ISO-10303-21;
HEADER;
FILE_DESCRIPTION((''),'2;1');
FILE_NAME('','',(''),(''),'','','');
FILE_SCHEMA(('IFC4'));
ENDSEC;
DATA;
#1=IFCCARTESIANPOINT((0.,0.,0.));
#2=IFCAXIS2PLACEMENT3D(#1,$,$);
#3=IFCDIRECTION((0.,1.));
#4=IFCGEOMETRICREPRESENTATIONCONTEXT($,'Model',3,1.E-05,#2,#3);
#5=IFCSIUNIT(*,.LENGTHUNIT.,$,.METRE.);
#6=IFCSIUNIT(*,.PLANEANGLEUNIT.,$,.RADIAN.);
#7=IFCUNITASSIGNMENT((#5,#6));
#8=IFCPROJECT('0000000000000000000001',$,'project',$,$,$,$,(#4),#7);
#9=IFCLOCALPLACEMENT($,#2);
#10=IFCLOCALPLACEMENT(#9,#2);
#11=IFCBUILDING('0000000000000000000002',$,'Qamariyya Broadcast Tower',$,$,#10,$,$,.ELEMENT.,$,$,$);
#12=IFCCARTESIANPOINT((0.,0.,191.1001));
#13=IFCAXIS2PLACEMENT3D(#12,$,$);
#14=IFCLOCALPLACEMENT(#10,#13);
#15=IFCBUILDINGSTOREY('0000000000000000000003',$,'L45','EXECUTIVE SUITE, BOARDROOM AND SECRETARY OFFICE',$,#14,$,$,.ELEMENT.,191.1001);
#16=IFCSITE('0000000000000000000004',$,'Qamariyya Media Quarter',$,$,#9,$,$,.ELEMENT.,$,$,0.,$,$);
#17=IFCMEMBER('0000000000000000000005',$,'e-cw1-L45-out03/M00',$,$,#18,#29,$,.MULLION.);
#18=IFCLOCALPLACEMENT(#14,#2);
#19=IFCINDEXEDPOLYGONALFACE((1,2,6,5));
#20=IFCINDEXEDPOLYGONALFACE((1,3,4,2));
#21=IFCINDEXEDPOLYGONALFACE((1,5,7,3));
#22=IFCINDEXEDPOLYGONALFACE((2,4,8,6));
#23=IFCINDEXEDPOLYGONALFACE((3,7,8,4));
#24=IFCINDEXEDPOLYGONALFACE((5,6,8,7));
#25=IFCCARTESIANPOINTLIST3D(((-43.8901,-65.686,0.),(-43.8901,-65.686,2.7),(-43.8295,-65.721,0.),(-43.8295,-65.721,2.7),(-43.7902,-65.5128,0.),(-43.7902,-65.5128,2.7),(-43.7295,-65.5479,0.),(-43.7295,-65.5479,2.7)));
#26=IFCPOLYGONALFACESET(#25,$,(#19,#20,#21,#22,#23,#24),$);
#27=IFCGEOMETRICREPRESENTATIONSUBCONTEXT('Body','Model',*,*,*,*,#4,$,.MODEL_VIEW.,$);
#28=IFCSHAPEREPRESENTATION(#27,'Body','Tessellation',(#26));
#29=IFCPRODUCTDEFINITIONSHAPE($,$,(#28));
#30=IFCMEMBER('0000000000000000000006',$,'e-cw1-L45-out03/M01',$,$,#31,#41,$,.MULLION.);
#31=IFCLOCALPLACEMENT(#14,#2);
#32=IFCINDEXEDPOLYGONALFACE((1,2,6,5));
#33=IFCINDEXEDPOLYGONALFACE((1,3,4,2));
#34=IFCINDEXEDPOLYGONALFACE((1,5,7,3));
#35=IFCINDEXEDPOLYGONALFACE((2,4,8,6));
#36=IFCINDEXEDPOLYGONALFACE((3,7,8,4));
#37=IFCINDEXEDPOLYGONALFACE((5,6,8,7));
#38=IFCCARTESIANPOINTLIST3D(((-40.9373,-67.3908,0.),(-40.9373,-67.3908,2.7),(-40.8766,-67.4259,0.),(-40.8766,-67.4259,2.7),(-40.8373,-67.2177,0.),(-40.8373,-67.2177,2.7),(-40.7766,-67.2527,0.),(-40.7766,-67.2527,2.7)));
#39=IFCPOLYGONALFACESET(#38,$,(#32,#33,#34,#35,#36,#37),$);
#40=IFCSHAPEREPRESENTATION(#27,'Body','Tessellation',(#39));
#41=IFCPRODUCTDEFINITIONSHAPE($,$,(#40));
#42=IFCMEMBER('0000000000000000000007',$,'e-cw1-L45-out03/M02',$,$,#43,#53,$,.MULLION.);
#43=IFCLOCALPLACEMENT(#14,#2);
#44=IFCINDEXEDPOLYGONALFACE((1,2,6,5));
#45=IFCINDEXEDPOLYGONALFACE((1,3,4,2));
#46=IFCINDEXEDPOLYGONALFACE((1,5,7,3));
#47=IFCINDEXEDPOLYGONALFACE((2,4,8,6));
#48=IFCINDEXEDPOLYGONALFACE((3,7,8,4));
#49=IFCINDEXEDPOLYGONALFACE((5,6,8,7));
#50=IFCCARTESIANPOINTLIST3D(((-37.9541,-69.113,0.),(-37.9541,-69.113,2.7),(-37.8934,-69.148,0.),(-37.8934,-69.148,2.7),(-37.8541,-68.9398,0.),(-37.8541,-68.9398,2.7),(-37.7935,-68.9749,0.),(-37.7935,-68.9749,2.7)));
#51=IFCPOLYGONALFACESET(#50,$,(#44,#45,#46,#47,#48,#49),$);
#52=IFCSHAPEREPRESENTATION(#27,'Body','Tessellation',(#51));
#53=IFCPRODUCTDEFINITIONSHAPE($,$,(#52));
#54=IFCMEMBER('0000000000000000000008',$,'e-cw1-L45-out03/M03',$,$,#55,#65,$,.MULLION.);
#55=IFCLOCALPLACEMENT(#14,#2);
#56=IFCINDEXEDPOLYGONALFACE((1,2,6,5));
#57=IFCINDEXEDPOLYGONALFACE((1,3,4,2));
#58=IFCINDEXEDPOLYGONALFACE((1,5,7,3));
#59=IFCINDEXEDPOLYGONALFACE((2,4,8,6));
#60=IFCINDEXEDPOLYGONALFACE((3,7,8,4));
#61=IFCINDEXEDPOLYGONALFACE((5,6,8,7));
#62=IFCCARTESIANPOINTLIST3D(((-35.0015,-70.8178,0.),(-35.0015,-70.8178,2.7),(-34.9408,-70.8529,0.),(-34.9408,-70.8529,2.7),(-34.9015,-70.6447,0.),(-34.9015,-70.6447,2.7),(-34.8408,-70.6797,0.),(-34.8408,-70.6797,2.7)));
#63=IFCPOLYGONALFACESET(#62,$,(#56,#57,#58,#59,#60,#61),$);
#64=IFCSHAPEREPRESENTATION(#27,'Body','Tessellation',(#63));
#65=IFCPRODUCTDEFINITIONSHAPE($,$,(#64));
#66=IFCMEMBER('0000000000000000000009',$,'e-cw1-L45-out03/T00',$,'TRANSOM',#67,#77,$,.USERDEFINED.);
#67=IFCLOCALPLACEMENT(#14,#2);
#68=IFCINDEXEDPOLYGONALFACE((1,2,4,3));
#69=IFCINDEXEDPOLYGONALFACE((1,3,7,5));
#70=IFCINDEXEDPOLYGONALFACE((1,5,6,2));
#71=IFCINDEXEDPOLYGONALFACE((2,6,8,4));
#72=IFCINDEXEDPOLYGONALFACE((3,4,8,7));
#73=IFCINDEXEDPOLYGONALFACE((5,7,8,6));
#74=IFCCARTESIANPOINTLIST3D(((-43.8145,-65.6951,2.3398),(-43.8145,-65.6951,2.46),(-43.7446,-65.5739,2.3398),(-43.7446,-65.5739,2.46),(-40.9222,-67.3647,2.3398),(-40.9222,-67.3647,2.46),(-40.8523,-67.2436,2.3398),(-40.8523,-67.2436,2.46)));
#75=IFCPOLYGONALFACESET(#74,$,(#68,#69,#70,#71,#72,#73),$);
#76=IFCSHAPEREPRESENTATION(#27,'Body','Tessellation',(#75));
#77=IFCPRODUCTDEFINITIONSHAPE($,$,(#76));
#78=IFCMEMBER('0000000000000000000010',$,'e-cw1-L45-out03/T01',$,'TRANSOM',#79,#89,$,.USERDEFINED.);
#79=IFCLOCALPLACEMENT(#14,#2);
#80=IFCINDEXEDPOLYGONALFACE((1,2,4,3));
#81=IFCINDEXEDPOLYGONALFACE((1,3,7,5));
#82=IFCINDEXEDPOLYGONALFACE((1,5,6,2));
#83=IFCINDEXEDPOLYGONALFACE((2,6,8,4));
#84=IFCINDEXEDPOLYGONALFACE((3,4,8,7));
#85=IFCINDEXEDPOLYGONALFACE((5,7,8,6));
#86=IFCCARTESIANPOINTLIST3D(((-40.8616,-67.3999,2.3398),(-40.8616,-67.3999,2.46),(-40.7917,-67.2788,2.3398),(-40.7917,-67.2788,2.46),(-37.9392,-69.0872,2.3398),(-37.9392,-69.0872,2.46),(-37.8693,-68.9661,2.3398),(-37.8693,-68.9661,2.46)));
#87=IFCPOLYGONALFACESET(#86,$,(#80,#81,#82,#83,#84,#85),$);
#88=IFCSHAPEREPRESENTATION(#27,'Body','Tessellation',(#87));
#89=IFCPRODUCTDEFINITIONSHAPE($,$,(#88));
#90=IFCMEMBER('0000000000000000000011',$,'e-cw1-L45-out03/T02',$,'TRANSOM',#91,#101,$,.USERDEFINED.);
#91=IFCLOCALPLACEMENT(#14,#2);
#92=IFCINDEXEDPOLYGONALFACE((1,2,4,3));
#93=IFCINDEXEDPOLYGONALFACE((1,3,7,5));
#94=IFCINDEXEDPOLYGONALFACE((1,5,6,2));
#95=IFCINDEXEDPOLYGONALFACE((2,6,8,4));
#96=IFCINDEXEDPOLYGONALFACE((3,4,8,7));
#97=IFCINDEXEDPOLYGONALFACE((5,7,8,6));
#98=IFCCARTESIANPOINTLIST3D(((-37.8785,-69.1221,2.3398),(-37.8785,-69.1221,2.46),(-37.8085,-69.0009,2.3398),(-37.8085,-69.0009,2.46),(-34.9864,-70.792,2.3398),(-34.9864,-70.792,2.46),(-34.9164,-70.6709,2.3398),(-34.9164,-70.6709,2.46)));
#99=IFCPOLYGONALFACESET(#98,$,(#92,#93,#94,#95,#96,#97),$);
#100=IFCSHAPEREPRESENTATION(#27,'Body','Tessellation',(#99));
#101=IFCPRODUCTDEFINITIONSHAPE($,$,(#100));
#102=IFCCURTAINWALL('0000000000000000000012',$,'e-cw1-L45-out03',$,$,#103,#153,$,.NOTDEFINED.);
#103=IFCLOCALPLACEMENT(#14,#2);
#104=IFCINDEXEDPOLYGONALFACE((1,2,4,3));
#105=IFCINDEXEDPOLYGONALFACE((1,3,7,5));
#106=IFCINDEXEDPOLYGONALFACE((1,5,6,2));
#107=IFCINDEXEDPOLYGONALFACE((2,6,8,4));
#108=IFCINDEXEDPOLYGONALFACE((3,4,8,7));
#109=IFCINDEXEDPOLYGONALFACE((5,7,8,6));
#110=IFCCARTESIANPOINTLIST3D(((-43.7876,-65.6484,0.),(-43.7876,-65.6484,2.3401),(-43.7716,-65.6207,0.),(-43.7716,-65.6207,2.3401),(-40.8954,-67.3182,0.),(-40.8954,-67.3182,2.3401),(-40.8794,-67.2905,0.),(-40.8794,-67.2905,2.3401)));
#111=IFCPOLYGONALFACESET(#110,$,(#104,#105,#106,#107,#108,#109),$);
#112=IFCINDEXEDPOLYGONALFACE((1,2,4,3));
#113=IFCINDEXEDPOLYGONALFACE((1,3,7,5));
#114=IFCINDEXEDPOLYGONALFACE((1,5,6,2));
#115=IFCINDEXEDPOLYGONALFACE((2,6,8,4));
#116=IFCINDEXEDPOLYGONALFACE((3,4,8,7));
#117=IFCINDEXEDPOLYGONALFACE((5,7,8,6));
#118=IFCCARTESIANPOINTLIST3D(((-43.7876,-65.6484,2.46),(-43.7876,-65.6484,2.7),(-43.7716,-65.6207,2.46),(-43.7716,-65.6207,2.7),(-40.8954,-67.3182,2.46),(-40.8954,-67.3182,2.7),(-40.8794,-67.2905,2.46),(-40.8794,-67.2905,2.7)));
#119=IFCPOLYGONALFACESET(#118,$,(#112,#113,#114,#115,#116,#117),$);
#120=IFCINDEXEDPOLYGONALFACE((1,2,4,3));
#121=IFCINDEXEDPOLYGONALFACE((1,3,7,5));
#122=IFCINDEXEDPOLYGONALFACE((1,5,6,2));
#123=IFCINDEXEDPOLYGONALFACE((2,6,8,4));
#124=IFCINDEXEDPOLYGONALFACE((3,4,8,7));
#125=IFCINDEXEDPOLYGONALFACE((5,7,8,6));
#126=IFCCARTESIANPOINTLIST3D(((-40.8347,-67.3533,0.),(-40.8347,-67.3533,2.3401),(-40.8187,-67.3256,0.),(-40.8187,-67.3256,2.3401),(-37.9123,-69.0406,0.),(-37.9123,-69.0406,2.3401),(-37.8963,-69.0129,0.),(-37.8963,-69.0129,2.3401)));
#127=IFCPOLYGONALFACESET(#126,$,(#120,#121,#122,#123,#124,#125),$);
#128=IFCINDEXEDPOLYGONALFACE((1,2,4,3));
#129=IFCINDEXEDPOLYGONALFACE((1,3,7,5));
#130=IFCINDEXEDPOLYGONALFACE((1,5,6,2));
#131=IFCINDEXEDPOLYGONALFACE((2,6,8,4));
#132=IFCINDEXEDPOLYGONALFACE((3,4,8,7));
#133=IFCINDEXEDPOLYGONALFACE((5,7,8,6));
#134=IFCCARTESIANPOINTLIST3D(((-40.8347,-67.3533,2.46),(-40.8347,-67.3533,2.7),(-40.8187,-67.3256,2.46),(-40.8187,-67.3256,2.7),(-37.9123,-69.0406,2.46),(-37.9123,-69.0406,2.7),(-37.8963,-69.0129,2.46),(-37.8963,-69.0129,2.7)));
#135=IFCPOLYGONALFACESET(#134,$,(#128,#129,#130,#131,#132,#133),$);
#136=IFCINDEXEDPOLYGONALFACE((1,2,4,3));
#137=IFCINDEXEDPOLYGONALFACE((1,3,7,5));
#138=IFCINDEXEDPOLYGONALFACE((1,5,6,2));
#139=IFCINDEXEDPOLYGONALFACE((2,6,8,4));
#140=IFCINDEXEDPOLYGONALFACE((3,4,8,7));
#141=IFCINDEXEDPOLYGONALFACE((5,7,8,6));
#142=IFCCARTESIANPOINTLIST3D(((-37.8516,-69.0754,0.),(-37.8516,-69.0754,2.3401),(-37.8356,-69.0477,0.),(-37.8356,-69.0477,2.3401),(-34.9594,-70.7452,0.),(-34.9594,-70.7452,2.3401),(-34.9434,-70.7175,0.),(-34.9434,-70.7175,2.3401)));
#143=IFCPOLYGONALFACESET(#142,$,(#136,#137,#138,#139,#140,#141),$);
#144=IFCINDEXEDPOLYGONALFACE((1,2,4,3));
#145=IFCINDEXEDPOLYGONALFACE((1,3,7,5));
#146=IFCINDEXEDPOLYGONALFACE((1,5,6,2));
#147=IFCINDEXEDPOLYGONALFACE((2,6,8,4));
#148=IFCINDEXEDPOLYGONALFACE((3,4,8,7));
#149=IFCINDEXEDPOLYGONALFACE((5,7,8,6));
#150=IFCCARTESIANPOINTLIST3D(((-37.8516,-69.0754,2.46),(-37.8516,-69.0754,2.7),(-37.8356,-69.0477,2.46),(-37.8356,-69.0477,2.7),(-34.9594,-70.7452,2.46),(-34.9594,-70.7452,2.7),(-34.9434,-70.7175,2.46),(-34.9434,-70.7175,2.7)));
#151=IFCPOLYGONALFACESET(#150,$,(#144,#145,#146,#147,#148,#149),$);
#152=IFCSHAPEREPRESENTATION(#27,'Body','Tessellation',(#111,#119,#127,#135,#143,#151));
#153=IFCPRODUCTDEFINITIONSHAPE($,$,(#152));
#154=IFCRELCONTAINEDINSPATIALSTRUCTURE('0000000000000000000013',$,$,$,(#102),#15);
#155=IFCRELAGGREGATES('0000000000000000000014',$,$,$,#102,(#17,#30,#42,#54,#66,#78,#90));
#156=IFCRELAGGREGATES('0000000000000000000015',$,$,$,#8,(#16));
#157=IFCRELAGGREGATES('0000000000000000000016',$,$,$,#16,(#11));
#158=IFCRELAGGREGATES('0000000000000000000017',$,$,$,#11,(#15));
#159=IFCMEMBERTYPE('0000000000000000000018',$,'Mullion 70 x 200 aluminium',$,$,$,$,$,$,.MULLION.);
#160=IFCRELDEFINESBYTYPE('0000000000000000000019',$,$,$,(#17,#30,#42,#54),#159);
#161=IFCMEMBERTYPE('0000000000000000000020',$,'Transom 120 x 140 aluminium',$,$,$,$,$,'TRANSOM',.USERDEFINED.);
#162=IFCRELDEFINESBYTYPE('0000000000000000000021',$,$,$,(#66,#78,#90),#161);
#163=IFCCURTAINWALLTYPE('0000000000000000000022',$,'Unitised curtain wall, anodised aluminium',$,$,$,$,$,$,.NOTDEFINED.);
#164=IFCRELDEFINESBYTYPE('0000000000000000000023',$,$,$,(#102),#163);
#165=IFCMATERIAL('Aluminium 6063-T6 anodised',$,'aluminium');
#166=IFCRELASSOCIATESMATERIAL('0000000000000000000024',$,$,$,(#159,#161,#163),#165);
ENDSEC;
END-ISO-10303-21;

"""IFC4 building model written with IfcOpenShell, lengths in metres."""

from ifc_helpers import new_model, si_unit, direction, frame, origin, origin_2d, place, context, subcontext, project, spatial, rectangle, extrude, material, material_profile, profile_set, type_object, element, aggregate, save


model = new_model("IFC4")

# Units and contexts
model_context = context("Model", 3, precision=1e-05, world=origin(), true_north=direction((0.0, 1.0)))
body_context = subcontext(model_context, "Body", "Model", "MODEL_VIEW")
ifc_project = project(units=[si_unit("LENGTHUNIT", "METRE"), si_unit("PLANEANGLEUNIT", "RADIAN")], contexts=[model_context])

# Members
ifc_material_1 = material(Name="Aluminium 6063-T6 anodised", Category="aluminium")
ifc_material_profile_1 = material_profile(ifc_material_1, rectangle(XDim=0.2, YDim=0.0701, at=origin_2d()))
ifc_profile_set_1 = profile_set([ifc_material_profile_1], Name="Aluminium 6063-T6 anodised")
member_type_1 = type_object("IfcMemberType", Name="Mullion 70 x 200 aluminium", PredefinedType="MULLION", material=ifc_profile_set_1)
site_placement = place(None, origin())
building_placement = place(site_placement, origin())
storey_placement = place(building_placement, frame((0.0, 0.0, 191.1001)))
member_1_placement = place(storey_placement, frame((-43.8098, -65.6169, 0.0), z_axis=(0.0, 0.0, 1.0), x_axis=(0.5, 0.866025, 0.0)))
member_1 = element("IfcMember", 1, at=member_1_placement, type_object=member_type_1, Name="e-cw1-L45-out03/M00", PredefinedType="MULLION", context=body_context, shape_type="SweptSolid", body=[
    extrude(rectangle(XDim=0.2, YDim=0.0701, at=origin_2d()), origin(), (0.0, 0.0, 1.0), 2.7),
])
member_2_placement = place(storey_placement, frame((-40.8569, -67.3218, 0.0), z_axis=(0.0, 0.0, 1.0), x_axis=(0.5, 0.866025, 0.0)))
member_2 = element("IfcMember", 2, at=member_2_placement, type_object=member_type_1, Name="e-cw1-L45-out03/M01", PredefinedType="MULLION", context=body_context, shape_type="SweptSolid", body=[
    extrude(rectangle(XDim=0.2, YDim=0.0701, at=origin_2d()), origin(), (0.0, 0.0, 1.0), 2.7),
])
member_3_placement = place(storey_placement, frame((-37.8738, -69.0439, 0.0), z_axis=(0.0, 0.0, 1.0), x_axis=(0.5, 0.866025, 0.0)))
member_3 = element("IfcMember", 3, at=member_3_placement, type_object=member_type_1, Name="e-cw1-L45-out03/M02", PredefinedType="MULLION", context=body_context, shape_type="SweptSolid", body=[
    extrude(rectangle(XDim=0.2, YDim=0.0701, at=origin_2d()), origin(), (0.0, 0.0, 1.0), 2.7),
])
member_4_placement = place(storey_placement, frame((-34.9211, -70.7488, 0.0), z_axis=(0.0, 0.0, 1.0), x_axis=(0.5, 0.866025, 0.0)))
member_4 = element("IfcMember", 4, at=member_4_placement, type_object=member_type_1, Name="e-cw1-L45-out03/M03", PredefinedType="MULLION", context=body_context, shape_type="SweptSolid", body=[
    extrude(rectangle(XDim=0.2, YDim=0.0701, at=origin_2d()), origin(), (0.0, 0.0, 1.0), 2.7),
])
ifc_material_profile_2 = material_profile(ifc_material_1, rectangle(XDim=0.1399, YDim=0.1201, at=origin_2d()))
ifc_profile_set_2 = profile_set([ifc_material_profile_2], Name="Aluminium 6063-T6 anodised")
member_type_2 = type_object("IfcMemberType", Name="Transom 120 x 140 aluminium", ElementType="TRANSOM", PredefinedType="USERDEFINED", material=ifc_profile_set_2)
member_5_placement = place(storey_placement, frame((-43.7795, -65.6345, 2.3999), z_axis=(0.866053, -0.499952, 0.0), x_axis=(0.499952, 0.866053, 0.0)))
member_5 = element("IfcMember", 5, at=member_5_placement, type_object=member_type_2, Name="e-cw1-L45-out03/T00", ObjectType="TRANSOM", PredefinedType="USERDEFINED", context=body_context, shape_type="SweptSolid", body=[
    extrude(rectangle(XDim=0.1399, YDim=0.1201, at=origin_2d()), origin(), (0.0, 0.0, 1.0), 3.3396),
])
member_6_placement = place(storey_placement, frame((-40.8267, -67.3394, 2.3999), z_axis=(0.866022, -0.500006, 0.0), x_axis=(0.500006, 0.866022, 0.0)))
member_6 = element("IfcMember", 6, at=member_6_placement, type_object=member_type_2, Name="e-cw1-L45-out03/T01", ObjectType="TRANSOM", PredefinedType="USERDEFINED", context=body_context, shape_type="SweptSolid", body=[
    extrude(rectangle(XDim=0.1399, YDim=0.1201, at=origin_2d()), origin(), (0.0, 0.0, 1.0), 3.3745),
])
member_7_placement = place(storey_placement, frame((-37.8435, -69.0615, 2.3999), z_axis=(0.866003, -0.500039, 0.0), x_axis=(0.500039, 0.866003, 0.0)))
member_7 = element("IfcMember", 7, at=member_7_placement, type_object=member_type_2, Name="e-cw1-L45-out03/T02", ObjectType="TRANSOM", PredefinedType="USERDEFINED", context=body_context, shape_type="SweptSolid", body=[
    extrude(rectangle(XDim=0.1399, YDim=0.1201, at=origin_2d()), origin(), (0.0, 0.0, 1.0), 3.3396),
])

# Site, building, storey
site = spatial("IfcSite", under=ifc_project, at=site_placement, Name="Qamariyya Media Quarter", CompositionType="ELEMENT", RefElevation=0.0)
building = spatial("IfcBuilding", under=site, at=building_placement, Name="Qamariyya Broadcast Tower", CompositionType="ELEMENT")
storey = spatial("IfcBuildingStorey", under=building, at=storey_placement, Name="L45", Description="EXECUTIVE SUITE, BOARDROOM AND SECRETARY OFFICE", CompositionType="ELEMENT", Elevation=191.1001)

# Curtain wall
curtain_wall_type = type_object("IfcCurtainWallType", Name="Unitised curtain wall, anodised aluminium", PredefinedType="NOTDEFINED", material=ifc_material_1)
curtain_wall_1_placement = place(storey_placement, origin())
curtain_wall_1 = element("IfcCurtainWall", 8, at=curtain_wall_1_placement, inside=storey, type_object=curtain_wall_type, Name="e-cw1-L45-out03", PredefinedType="NOTDEFINED", context=body_context, shape_type="SweptSolid", body=[
    extrude(rectangle(XDim=3.3396, YDim=0.032, at=origin_2d()), frame((-42.3335, -66.4695, 0.0), x_axis=(0.866029, -0.499994, 0.0)), (0.0, 0.0, 1.0), 2.3401),
    extrude(rectangle(XDim=3.3396, YDim=0.032, at=origin_2d()), frame((-42.3335, -66.4695, 2.46), x_axis=(0.866029, -0.499994, 0.0)), (0.0, 0.0, 1.0), 0.24),
    extrude(rectangle(XDim=3.3745, YDim=0.032, at=origin_2d()), frame((-39.3655, -68.1831, 0.0), x_axis=(0.866029, -0.499994, 0.0)), (0.0, 0.0, 1.0), 2.3401),
    extrude(rectangle(XDim=3.3745, YDim=0.032, at=origin_2d()), frame((-39.3655, -68.1831, 2.46), x_axis=(0.866029, -0.499994, 0.0)), (0.0, 0.0, 1.0), 0.24),
    extrude(rectangle(XDim=3.3396, YDim=0.032, at=origin_2d()), frame((-36.3975, -69.8965, 0.0), x_axis=(0.866029, -0.499994, 0.0)), (0.0, 0.0, 1.0), 2.3401),
    extrude(rectangle(XDim=3.3396, YDim=0.032, at=origin_2d()), frame((-36.3975, -69.8965, 2.46), x_axis=(0.866029, -0.499994, 0.0)), (0.0, 0.0, 1.0), 0.24),
])
aggregate(curtain_wall_1, [member_1, member_2, member_3, member_4, member_5, member_6, member_7])

save(model, "model.ifc")
